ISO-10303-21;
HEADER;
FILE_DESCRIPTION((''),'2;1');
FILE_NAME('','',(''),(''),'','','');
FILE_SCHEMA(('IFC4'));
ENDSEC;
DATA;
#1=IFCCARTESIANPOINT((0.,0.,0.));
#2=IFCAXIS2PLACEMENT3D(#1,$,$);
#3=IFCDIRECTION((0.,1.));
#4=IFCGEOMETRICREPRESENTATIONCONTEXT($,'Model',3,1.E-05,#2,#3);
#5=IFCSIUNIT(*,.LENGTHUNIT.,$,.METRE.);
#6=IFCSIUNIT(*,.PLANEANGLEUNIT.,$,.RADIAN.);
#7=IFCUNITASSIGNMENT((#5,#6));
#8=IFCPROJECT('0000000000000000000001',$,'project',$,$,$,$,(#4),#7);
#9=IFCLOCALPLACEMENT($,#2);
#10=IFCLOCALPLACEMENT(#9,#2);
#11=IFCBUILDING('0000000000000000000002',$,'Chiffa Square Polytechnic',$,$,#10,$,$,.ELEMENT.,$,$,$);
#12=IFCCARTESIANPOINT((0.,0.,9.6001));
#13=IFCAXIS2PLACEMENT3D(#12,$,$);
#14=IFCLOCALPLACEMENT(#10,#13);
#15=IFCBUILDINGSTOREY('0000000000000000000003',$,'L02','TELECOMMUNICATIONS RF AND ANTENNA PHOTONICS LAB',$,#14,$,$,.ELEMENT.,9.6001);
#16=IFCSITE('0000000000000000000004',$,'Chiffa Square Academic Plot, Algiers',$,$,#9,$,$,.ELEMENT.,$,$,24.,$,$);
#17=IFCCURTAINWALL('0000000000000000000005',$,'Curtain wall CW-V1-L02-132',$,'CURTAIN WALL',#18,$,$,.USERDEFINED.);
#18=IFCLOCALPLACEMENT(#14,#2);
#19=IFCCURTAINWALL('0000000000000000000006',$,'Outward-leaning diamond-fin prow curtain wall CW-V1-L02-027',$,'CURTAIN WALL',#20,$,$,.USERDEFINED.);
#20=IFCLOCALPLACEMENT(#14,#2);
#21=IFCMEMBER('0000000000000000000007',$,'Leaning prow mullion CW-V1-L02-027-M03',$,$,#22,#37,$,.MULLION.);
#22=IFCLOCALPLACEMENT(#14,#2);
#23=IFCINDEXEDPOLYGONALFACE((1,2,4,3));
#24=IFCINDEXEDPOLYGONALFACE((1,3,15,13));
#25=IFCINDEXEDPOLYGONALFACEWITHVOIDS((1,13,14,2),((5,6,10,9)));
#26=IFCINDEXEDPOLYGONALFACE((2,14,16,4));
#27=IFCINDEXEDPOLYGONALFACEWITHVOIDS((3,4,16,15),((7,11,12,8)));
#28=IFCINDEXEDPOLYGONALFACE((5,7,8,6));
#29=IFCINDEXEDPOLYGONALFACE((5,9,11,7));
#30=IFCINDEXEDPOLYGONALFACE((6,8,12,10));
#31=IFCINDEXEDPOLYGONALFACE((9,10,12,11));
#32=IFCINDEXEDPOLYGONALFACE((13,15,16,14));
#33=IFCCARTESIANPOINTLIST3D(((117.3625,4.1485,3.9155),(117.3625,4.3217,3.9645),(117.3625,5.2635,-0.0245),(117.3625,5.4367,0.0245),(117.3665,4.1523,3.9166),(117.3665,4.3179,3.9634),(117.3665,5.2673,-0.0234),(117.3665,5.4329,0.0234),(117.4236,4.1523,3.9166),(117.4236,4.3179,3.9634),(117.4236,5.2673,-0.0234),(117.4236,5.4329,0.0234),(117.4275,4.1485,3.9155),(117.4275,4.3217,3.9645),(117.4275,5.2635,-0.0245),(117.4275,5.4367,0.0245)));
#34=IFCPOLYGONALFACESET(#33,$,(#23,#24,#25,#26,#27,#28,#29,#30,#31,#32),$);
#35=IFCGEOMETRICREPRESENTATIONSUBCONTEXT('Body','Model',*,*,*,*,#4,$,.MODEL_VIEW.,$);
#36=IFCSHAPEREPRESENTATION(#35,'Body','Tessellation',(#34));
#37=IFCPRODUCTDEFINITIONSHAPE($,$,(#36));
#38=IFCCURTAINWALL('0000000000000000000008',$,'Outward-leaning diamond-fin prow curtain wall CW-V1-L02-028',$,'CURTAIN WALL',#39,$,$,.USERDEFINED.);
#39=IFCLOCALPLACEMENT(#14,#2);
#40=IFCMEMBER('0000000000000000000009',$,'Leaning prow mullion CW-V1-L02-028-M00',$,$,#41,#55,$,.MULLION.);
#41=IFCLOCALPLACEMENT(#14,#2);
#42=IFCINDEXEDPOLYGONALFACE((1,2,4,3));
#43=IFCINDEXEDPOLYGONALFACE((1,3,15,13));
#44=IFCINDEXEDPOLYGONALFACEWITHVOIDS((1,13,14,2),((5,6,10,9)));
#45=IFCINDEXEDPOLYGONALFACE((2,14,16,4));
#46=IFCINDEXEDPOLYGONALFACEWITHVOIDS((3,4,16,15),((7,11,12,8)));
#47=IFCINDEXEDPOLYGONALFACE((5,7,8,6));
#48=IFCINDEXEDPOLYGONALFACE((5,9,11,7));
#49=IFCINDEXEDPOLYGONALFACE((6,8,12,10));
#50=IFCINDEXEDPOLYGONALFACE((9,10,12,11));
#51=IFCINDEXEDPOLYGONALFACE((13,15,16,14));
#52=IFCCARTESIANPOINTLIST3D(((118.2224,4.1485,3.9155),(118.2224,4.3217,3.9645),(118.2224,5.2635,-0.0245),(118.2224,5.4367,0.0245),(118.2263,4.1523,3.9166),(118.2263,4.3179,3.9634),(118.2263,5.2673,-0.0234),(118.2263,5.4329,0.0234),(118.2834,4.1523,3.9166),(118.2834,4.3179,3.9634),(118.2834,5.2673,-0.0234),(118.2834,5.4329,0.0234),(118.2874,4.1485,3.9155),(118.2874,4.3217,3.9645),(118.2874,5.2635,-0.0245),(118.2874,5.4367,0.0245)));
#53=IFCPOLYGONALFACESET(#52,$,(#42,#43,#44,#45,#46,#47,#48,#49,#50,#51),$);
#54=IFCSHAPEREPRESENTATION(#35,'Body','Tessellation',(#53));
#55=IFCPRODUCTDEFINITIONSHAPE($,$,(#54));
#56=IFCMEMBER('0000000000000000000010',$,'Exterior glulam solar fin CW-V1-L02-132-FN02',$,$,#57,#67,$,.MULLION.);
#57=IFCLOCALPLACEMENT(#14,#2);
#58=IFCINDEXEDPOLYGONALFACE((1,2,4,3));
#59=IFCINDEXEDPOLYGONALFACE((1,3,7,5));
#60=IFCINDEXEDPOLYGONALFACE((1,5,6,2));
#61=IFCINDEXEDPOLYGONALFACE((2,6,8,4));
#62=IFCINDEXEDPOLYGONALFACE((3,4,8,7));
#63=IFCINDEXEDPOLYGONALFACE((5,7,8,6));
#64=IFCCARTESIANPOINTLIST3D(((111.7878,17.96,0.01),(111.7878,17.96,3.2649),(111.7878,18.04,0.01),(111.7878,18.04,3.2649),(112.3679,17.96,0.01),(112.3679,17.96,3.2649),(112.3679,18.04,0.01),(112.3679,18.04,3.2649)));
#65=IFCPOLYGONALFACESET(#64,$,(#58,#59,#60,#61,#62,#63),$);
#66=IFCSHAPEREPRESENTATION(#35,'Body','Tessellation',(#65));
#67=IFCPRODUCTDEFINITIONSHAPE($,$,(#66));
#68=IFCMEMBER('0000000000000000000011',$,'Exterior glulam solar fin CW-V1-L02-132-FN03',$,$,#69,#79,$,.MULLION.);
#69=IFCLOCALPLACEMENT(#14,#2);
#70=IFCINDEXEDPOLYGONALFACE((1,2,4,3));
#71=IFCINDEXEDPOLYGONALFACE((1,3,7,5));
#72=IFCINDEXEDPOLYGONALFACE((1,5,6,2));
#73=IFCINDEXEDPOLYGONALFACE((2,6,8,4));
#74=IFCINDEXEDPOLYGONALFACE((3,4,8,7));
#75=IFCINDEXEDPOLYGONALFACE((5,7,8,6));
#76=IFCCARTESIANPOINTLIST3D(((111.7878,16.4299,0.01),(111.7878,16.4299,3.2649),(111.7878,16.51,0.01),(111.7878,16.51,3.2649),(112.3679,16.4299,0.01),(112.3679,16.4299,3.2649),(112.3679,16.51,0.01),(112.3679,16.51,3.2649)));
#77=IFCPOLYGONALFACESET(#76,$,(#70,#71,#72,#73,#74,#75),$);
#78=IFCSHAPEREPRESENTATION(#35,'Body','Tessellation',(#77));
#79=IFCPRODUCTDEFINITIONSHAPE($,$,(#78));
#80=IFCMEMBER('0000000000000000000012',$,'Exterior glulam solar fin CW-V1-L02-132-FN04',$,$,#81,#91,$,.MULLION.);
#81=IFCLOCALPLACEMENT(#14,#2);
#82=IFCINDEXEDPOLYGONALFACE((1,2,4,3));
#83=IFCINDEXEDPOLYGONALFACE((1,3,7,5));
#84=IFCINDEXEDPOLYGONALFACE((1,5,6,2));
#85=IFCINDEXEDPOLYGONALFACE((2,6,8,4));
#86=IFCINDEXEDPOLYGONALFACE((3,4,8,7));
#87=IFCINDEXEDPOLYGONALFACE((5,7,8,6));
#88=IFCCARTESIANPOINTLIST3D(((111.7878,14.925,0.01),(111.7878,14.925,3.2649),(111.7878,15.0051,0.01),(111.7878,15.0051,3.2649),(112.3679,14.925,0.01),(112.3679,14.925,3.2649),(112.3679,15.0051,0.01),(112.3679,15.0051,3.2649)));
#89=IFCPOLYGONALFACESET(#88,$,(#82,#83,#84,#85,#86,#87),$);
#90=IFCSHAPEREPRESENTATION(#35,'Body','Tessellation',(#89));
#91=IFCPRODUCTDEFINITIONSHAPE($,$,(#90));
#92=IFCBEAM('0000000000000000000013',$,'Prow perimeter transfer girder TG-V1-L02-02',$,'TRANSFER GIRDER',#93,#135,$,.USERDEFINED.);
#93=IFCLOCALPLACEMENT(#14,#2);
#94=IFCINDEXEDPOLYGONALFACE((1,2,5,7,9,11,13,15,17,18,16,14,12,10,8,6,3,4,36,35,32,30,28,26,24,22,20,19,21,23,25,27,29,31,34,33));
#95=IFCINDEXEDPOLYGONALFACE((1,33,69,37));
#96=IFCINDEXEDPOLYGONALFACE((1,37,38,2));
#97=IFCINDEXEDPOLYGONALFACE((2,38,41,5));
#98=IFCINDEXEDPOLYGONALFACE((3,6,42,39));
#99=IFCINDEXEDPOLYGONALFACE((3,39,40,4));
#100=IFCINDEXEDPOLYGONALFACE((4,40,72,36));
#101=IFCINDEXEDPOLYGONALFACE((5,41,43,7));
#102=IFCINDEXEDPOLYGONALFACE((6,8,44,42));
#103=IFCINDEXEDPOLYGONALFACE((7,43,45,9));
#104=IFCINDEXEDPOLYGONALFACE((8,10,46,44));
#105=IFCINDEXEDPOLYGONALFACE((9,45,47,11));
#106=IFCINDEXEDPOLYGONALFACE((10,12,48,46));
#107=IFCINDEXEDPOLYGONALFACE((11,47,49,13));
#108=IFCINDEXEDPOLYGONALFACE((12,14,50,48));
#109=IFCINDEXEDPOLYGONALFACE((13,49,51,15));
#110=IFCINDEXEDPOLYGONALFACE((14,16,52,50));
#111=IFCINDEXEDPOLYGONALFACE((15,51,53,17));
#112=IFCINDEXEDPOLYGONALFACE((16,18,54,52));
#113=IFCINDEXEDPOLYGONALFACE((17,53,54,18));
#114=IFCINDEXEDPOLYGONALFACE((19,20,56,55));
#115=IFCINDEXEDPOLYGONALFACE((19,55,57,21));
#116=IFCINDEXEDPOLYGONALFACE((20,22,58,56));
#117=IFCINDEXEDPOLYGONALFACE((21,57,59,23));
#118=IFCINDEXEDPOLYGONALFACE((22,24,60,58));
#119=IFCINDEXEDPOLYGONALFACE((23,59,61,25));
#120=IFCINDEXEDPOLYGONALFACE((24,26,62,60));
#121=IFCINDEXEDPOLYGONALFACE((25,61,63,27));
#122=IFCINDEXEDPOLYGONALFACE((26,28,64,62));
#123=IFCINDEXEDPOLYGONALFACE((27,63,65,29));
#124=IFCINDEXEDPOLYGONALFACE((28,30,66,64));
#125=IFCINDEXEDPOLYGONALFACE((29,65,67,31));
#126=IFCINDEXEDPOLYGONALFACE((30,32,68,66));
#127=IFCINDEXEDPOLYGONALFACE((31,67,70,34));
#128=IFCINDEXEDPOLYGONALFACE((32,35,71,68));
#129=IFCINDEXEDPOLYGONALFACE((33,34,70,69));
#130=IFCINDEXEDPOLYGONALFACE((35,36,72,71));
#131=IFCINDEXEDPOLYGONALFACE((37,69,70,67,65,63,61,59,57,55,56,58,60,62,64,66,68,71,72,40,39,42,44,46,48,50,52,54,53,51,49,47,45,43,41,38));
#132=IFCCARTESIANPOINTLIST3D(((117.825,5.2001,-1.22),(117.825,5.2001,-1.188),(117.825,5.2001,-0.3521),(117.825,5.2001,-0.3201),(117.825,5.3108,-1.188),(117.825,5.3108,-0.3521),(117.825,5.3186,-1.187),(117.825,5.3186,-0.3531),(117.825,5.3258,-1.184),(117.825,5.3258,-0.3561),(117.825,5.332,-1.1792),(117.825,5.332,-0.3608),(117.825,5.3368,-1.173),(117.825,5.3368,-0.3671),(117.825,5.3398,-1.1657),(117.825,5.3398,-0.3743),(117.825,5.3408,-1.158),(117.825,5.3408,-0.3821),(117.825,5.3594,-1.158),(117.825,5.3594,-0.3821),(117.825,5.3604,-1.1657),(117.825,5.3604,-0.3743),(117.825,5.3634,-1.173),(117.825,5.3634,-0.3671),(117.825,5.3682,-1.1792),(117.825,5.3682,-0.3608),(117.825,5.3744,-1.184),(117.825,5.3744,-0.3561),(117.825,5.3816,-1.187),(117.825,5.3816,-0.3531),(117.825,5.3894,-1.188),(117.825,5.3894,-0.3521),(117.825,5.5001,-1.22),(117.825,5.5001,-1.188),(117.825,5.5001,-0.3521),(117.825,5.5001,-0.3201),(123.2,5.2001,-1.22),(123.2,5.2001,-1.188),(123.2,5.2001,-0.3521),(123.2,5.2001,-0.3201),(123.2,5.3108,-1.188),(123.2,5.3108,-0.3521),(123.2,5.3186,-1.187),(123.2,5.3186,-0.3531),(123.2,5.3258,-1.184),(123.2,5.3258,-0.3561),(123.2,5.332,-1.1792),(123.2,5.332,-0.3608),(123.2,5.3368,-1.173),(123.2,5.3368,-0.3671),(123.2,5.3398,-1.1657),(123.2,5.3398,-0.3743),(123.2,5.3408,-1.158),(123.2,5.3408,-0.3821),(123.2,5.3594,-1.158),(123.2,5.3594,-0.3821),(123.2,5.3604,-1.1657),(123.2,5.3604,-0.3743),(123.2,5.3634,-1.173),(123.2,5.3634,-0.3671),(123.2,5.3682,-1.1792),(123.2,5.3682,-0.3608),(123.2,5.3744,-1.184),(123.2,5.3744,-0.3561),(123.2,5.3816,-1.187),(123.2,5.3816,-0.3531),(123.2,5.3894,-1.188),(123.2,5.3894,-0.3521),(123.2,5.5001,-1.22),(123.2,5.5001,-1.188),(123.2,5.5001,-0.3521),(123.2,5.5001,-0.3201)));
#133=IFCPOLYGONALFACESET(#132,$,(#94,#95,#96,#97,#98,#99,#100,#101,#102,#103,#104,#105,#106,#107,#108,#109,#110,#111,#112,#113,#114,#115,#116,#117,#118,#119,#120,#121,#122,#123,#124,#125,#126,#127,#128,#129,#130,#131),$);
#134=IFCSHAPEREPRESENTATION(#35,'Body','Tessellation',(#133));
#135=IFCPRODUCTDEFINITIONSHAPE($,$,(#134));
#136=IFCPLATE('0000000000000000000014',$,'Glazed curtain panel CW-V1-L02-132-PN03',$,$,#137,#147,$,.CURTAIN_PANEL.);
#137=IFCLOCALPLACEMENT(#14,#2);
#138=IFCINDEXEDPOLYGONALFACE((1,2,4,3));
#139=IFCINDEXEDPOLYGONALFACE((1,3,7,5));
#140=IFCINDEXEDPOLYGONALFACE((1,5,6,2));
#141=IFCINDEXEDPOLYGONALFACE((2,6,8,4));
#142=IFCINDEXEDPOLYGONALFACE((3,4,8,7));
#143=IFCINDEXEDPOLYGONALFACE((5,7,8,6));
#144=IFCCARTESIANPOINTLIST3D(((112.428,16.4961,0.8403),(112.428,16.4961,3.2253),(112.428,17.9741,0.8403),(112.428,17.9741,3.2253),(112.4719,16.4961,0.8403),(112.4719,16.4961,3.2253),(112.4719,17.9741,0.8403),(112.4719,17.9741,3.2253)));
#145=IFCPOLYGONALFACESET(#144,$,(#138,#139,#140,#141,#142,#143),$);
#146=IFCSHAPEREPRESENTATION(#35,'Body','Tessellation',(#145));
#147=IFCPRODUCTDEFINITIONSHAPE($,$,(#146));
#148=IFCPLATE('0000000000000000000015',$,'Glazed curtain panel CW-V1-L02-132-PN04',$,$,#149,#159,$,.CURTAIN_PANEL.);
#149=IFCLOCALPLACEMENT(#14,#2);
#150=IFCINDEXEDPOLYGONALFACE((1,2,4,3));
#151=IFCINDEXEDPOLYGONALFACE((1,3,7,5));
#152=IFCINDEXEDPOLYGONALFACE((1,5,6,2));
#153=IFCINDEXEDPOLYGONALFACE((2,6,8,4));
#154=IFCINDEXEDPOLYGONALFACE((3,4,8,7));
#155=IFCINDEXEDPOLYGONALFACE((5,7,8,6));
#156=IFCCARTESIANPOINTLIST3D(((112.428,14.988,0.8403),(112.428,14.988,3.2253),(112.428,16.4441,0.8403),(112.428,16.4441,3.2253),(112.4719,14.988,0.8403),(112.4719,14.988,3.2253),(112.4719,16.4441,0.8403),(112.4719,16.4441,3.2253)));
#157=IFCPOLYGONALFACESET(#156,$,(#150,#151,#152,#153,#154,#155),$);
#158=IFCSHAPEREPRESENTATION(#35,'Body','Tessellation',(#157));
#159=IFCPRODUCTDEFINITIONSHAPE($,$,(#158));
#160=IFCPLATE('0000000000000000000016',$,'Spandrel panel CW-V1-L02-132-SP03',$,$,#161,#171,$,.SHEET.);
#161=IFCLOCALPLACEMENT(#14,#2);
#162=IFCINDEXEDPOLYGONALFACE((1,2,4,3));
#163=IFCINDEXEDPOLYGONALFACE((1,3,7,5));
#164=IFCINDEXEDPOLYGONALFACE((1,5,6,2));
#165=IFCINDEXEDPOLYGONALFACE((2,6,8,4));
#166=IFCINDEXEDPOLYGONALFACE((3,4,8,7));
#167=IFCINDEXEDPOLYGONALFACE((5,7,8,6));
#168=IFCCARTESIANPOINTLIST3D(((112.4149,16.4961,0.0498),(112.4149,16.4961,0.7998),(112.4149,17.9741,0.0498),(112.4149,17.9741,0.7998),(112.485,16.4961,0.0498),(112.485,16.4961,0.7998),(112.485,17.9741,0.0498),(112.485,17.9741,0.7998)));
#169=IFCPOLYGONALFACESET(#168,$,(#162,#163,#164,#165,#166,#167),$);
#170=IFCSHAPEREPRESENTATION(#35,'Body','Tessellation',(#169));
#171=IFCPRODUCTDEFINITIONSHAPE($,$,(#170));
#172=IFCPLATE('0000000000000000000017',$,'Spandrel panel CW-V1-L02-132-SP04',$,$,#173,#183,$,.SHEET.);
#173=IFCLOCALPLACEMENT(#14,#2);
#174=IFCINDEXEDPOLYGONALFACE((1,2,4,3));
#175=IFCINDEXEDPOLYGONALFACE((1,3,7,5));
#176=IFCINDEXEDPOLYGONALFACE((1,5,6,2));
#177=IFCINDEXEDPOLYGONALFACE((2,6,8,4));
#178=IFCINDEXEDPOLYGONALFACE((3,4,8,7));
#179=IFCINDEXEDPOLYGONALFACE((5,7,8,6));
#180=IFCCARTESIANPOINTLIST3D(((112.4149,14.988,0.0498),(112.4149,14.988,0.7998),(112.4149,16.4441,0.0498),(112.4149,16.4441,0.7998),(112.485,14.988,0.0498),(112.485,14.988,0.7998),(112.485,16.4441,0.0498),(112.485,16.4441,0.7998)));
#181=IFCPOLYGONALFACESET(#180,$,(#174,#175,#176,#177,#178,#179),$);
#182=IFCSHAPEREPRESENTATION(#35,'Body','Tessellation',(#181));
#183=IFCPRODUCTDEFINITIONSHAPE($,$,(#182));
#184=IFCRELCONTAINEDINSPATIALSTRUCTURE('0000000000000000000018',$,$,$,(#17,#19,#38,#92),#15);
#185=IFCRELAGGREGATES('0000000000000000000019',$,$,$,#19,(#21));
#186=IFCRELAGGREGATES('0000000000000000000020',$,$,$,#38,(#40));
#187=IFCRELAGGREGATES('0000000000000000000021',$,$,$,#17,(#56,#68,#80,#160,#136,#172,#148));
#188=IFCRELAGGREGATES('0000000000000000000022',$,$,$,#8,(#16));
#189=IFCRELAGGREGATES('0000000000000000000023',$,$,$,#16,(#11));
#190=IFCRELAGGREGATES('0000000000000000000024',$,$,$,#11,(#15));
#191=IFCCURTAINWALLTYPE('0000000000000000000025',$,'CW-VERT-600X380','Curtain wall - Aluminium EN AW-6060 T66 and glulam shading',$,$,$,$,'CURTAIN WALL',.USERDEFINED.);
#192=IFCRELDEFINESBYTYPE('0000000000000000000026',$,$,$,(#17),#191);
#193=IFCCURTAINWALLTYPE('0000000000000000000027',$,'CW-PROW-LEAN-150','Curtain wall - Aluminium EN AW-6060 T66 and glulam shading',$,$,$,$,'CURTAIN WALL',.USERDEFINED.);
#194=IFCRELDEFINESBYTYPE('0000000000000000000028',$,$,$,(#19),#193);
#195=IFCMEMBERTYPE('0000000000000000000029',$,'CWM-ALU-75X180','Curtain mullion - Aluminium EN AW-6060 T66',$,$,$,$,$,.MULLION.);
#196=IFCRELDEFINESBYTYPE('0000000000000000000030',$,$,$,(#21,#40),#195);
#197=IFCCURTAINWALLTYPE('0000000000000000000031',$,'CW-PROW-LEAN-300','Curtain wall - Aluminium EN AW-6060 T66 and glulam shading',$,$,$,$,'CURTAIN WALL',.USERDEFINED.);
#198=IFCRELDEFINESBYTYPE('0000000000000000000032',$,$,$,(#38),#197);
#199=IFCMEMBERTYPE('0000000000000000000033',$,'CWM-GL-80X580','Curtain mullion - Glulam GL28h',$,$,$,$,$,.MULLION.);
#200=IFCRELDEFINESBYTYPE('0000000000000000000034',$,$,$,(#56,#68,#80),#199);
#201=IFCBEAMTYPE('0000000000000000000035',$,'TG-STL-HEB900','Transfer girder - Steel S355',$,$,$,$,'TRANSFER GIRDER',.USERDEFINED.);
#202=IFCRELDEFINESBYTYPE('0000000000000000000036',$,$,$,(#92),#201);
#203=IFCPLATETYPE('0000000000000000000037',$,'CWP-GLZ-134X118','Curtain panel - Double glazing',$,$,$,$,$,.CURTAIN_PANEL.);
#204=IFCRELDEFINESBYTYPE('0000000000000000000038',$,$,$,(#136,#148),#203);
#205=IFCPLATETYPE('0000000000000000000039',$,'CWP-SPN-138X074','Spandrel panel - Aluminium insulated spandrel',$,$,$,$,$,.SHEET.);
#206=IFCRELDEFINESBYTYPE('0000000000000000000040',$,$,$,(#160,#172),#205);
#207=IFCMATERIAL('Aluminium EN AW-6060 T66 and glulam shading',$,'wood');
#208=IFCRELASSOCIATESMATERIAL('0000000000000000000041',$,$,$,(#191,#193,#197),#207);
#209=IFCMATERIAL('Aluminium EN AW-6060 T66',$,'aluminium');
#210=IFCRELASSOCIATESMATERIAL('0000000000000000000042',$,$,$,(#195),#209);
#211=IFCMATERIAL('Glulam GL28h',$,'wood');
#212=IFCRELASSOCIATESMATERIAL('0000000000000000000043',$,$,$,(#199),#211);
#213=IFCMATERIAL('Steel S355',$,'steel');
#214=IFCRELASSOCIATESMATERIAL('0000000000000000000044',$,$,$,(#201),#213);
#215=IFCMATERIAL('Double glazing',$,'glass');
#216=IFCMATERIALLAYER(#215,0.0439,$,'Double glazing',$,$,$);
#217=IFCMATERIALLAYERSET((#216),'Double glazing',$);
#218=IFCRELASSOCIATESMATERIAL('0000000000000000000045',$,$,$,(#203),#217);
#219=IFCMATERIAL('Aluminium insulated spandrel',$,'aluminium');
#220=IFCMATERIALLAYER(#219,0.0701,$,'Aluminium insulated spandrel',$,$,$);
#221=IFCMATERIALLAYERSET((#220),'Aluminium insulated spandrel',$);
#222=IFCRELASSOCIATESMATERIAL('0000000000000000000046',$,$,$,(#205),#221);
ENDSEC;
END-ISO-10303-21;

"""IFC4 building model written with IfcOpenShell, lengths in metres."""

from ifc_helpers import new_model, si_unit, direction, frame, origin, origin_2d, place, context, subcontext, project, spatial, rectangle, hollow_rectangle, i_section, extrude, material, layer, layer_set, material_profile, profile_set, type_object, element, aggregate, save


model = new_model("IFC4")

# Units and contexts
model_context = context("Model", 3, precision=1e-05, world=origin(), true_north=direction((0.0, 1.0)))
body_context = subcontext(model_context, "Body", "Model", "MODEL_VIEW")
ifc_project = project(units=[si_unit("LENGTHUNIT", "METRE"), si_unit("PLANEANGLEUNIT", "RADIAN")], contexts=[model_context])

# Site, building, storey
site_placement = place(None, origin())
site = spatial("IfcSite", under=ifc_project, at=site_placement, Name="Chiffa Square Academic Plot, Algiers", CompositionType="ELEMENT", RefElevation=24.0)
building_placement = place(site_placement, origin())
building = spatial("IfcBuilding", under=site, at=building_placement, Name="Chiffa Square Polytechnic", CompositionType="ELEMENT")
storey_placement = place(building_placement, frame((0.0, 0.0, 9.6001)))
storey = spatial("IfcBuildingStorey", under=building, at=storey_placement, Name="L02", Description="TELECOMMUNICATIONS RF AND ANTENNA PHOTONICS LAB", CompositionType="ELEMENT", Elevation=9.6001)

# Curtain walls, member
ifc_material_1 = material(Name="Aluminium EN AW-6060 T66 and glulam shading", Category="wood")
curtain_wall_type_1 = type_object("IfcCurtainWallType", Name="CW-VERT-600X380", Description="Curtain wall - Aluminium EN AW-6060 T66 and glulam shading", ElementType="CURTAIN WALL", PredefinedType="USERDEFINED", material=ifc_material_1)
curtain_wall_1_placement = place(storey_placement, origin())
curtain_wall_1 = element("IfcCurtainWall", 1, at=curtain_wall_1_placement, inside=storey, type_object=curtain_wall_type_1, Name="Curtain wall CW-V1-L02-132", ObjectType="CURTAIN WALL", PredefinedType="USERDEFINED")
ifc_material_2 = material(Name="Aluminium EN AW-6060 T66", Category="aluminium")
curtain_wall_type_2 = type_object("IfcCurtainWallType", Name="CW-PROW-LEAN-150", Description="Curtain wall - Aluminium EN AW-6060 T66 and glulam shading", ElementType="CURTAIN WALL", PredefinedType="USERDEFINED", material=ifc_material_1)
curtain_wall_2_placement = place(storey_placement, origin())
curtain_wall_2 = element("IfcCurtainWall", 2, at=curtain_wall_2_placement, inside=storey, type_object=curtain_wall_type_2, Name="Outward-leaning diamond-fin prow curtain wall CW-V1-L02-027", ObjectType="CURTAIN WALL", PredefinedType="USERDEFINED")
ifc_material_profile_1 = material_profile(ifc_material_2, hollow_rectangle(XDim=0.0649, YDim=0.1799, WallThickness=0.0039, at=origin_2d()), Name="ALU 65x180x4")
ifc_profile_set_1 = profile_set([ifc_material_profile_1], Name="Aluminium EN AW-6060 T66")
member_type_1 = type_object("IfcMemberType", Name="CWM-ALU-75X180", Description="Curtain mullion - Aluminium EN AW-6060 T66", PredefinedType="MULLION", material=ifc_profile_set_1)
member_1_placement = place(storey_placement, frame((117.395, 5.3501, 0.0), z_axis=(0.0, -0.272303, 0.962212), x_axis=(1.0, 0.0, 0.0)))
member_1 = element("IfcMember", 3, at=member_1_placement, type_object=member_type_1, Name="Leaning prow mullion CW-V1-L02-027-M03", PredefinedType="MULLION", context=body_context, shape_type="SweptSolid", body=[
    extrude(hollow_rectangle(XDim=0.0649, YDim=0.1799, WallThickness=0.0039, at=origin_2d()), origin(), (0.0, 0.0, 1.0), 4.0947),
])
aggregate(curtain_wall_2, [member_1])

# Curtain wall, member
curtain_wall_type_3 = type_object("IfcCurtainWallType", Name="CW-PROW-LEAN-300", Description="Curtain wall - Aluminium EN AW-6060 T66 and glulam shading", ElementType="CURTAIN WALL", PredefinedType="USERDEFINED", material=ifc_material_1)
curtain_wall_3_placement = place(storey_placement, origin())
curtain_wall_3 = element("IfcCurtainWall", 4, at=curtain_wall_3_placement, inside=storey, type_object=curtain_wall_type_3, Name="Outward-leaning diamond-fin prow curtain wall CW-V1-L02-028", ObjectType="CURTAIN WALL", PredefinedType="USERDEFINED")
member_2_placement = place(storey_placement, frame((118.2549, 5.3501, 0.0), z_axis=(0.0, -0.272303, 0.962212), x_axis=(1.0, 0.0, 0.0)))
member_2 = element("IfcMember", 5, at=member_2_placement, type_object=member_type_1, Name="Leaning prow mullion CW-V1-L02-028-M00", PredefinedType="MULLION", context=body_context, shape_type="SweptSolid", body=[
    extrude(hollow_rectangle(XDim=0.0649, YDim=0.1799, WallThickness=0.0039, at=origin_2d()), origin(), (0.0, 0.0, 1.0), 4.0947),
])
aggregate(curtain_wall_3, [member_2])

# Members
ifc_material_3 = material(Name="Glulam GL28h", Category="wood")
ifc_material_profile_2 = material_profile(ifc_material_3, rectangle(XDim=0.0801, YDim=0.5801, at=origin_2d()), Name="GL28h 80x580")
ifc_profile_set_2 = profile_set([ifc_material_profile_2], Name="Glulam GL28h")
member_type_2 = type_object("IfcMemberType", Name="CWM-GL-80X580", Description="Curtain mullion - Glulam GL28h", PredefinedType="MULLION", material=ifc_profile_set_2)
member_3_placement = place(storey_placement, frame((112.0779, 18.0, 0.01), z_axis=(0.0, 0.0, 1.0), x_axis=(0.0, -1.0, 0.0)))
member_3 = element("IfcMember", 6, at=member_3_placement, type_object=member_type_2, Name="Exterior glulam solar fin CW-V1-L02-132-FN02", PredefinedType="MULLION", context=body_context, shape_type="SweptSolid", body=[
    extrude(rectangle(XDim=0.0801, YDim=0.5801, at=origin_2d()), origin(), (0.0, 0.0, 1.0), 3.2549),
])
member_4_placement = place(storey_placement, frame((112.0779, 16.47, 0.01), z_axis=(0.0, 0.0, 1.0), x_axis=(0.0, -1.0, 0.0)))
member_4 = element("IfcMember", 7, at=member_4_placement, type_object=member_type_2, Name="Exterior glulam solar fin CW-V1-L02-132-FN03", PredefinedType="MULLION", context=body_context, shape_type="SweptSolid", body=[
    extrude(rectangle(XDim=0.0801, YDim=0.5801, at=origin_2d()), origin(), (0.0, 0.0, 1.0), 3.2549),
])
member_5_placement = place(storey_placement, frame((112.0779, 14.9651, 0.01), z_axis=(0.0, 0.0, 1.0), x_axis=(0.0, -1.0, 0.0)))
member_5 = element("IfcMember", 8, at=member_5_placement, type_object=member_type_2, Name="Exterior glulam solar fin CW-V1-L02-132-FN04", PredefinedType="MULLION", context=body_context, shape_type="SweptSolid", body=[
    extrude(rectangle(XDim=0.0801, YDim=0.5801, at=origin_2d()), origin(), (0.0, 0.0, 1.0), 3.2549),
])

# Beam
ifc_material_4 = material(Name="Steel S355", Category="steel")
ifc_material_profile_3 = material_profile(ifc_material_4, i_section(OverallWidth=0.3, OverallDepth=0.8999, WebThickness=0.0186, FlangeThickness=0.032, FilletRadius=0.03, at=origin_2d()), Name="HEB 900")
ifc_profile_set_3 = profile_set([ifc_material_profile_3], Name="Steel S355")
beam_type_1 = type_object("IfcBeamType", Name="TG-STL-HEB900", Description="Transfer girder - Steel S355", ElementType="TRANSFER GIRDER", PredefinedType="USERDEFINED", material=ifc_profile_set_3)
beam_1_placement = place(storey_placement, frame((117.825, 5.3501, -0.77), z_axis=(1.0, 0.0, 0.0), x_axis=(0.0, 1.0, 0.0)))
element("IfcBeam", 9, at=beam_1_placement, inside=storey, type_object=beam_type_1, Name="Prow perimeter transfer girder TG-V1-L02-02", ObjectType="TRANSFER GIRDER", PredefinedType="USERDEFINED", context=body_context, shape_type="SweptSolid", body=[
    extrude(i_section(OverallWidth=0.3, OverallDepth=0.8999, WebThickness=0.0186, FlangeThickness=0.032, FilletRadius=0.03, at=origin_2d()), origin(), (0.0, 0.0, 1.0), 5.375),
])

# Plates
ifc_material_5 = material(Name="Double glazing", Category="glass")
ifc_layer_1 = layer(ifc_material_5, 0.0439, Name="Double glazing")
ifc_layer_set_1 = layer_set([ifc_layer_1], Name="Double glazing")
plate_type_1 = type_object("IfcPlateType", Name="CWP-GLZ-134X118", Description="Curtain panel - Double glazing", PredefinedType="CURTAIN_PANEL", material=ifc_layer_set_1)
plate_1_placement = place(storey_placement, frame((112.45, 17.2351, 0.8403), z_axis=(0.0, 0.0, 1.0), x_axis=(0.0, -1.0, 0.0)))
plate_1 = element("IfcPlate", 10, at=plate_1_placement, type_object=plate_type_1, Name="Glazed curtain panel CW-V1-L02-132-PN03", PredefinedType="CURTAIN_PANEL", context=body_context, shape_type="SweptSolid", body=[
    extrude(rectangle(XDim=1.478, YDim=0.0439, at=origin_2d()), origin(), (0.0, 0.0, 1.0), 2.385),
])
plate_2_placement = place(storey_placement, frame((112.45, 15.7161, 0.8403), z_axis=(0.0, 0.0, 1.0), x_axis=(0.0, -1.0, 0.0)))
plate_2 = element("IfcPlate", 11, at=plate_2_placement, type_object=plate_type_1, Name="Glazed curtain panel CW-V1-L02-132-PN04", PredefinedType="CURTAIN_PANEL", context=body_context, shape_type="SweptSolid", body=[
    extrude(rectangle(XDim=1.4561, YDim=0.0439, at=origin_2d()), origin(), (0.0, 0.0, 1.0), 2.385),
])
ifc_material_6 = material(Name="Aluminium insulated spandrel", Category="aluminium")
ifc_layer_2 = layer(ifc_material_6, 0.0701, Name="Aluminium insulated spandrel")
ifc_layer_set_2 = layer_set([ifc_layer_2], Name="Aluminium insulated spandrel")
plate_type_2 = type_object("IfcPlateType", Name="CWP-SPN-138X074", Description="Spandrel panel - Aluminium insulated spandrel", PredefinedType="SHEET", material=ifc_layer_set_2)
plate_3_placement = place(storey_placement, frame((112.45, 17.2351, 0.0498), z_axis=(0.0, 0.0, 1.0), x_axis=(0.0, -1.0, 0.0)))
plate_3 = element("IfcPlate", 12, at=plate_3_placement, type_object=plate_type_2, Name="Spandrel panel CW-V1-L02-132-SP03", PredefinedType="SHEET", context=body_context, shape_type="SweptSolid", body=[
    extrude(rectangle(XDim=1.478, YDim=0.0701, at=origin_2d()), origin(), (0.0, 0.0, 1.0), 0.75),
])
plate_4_placement = place(storey_placement, frame((112.45, 15.7161, 0.0498), z_axis=(0.0, 0.0, 1.0), x_axis=(0.0, -1.0, 0.0)))
plate_4 = element("IfcPlate", 13, at=plate_4_placement, type_object=plate_type_2, Name="Spandrel panel CW-V1-L02-132-SP04", PredefinedType="SHEET", context=body_context, shape_type="SweptSolid", body=[
    extrude(rectangle(XDim=1.4561, YDim=0.0701, at=origin_2d()), origin(), (0.0, 0.0, 1.0), 0.75),
])
aggregate(curtain_wall_1, [member_3, member_4, member_5, plate_3, plate_1, plate_4, plate_2])

save(model, "model.ifc")
